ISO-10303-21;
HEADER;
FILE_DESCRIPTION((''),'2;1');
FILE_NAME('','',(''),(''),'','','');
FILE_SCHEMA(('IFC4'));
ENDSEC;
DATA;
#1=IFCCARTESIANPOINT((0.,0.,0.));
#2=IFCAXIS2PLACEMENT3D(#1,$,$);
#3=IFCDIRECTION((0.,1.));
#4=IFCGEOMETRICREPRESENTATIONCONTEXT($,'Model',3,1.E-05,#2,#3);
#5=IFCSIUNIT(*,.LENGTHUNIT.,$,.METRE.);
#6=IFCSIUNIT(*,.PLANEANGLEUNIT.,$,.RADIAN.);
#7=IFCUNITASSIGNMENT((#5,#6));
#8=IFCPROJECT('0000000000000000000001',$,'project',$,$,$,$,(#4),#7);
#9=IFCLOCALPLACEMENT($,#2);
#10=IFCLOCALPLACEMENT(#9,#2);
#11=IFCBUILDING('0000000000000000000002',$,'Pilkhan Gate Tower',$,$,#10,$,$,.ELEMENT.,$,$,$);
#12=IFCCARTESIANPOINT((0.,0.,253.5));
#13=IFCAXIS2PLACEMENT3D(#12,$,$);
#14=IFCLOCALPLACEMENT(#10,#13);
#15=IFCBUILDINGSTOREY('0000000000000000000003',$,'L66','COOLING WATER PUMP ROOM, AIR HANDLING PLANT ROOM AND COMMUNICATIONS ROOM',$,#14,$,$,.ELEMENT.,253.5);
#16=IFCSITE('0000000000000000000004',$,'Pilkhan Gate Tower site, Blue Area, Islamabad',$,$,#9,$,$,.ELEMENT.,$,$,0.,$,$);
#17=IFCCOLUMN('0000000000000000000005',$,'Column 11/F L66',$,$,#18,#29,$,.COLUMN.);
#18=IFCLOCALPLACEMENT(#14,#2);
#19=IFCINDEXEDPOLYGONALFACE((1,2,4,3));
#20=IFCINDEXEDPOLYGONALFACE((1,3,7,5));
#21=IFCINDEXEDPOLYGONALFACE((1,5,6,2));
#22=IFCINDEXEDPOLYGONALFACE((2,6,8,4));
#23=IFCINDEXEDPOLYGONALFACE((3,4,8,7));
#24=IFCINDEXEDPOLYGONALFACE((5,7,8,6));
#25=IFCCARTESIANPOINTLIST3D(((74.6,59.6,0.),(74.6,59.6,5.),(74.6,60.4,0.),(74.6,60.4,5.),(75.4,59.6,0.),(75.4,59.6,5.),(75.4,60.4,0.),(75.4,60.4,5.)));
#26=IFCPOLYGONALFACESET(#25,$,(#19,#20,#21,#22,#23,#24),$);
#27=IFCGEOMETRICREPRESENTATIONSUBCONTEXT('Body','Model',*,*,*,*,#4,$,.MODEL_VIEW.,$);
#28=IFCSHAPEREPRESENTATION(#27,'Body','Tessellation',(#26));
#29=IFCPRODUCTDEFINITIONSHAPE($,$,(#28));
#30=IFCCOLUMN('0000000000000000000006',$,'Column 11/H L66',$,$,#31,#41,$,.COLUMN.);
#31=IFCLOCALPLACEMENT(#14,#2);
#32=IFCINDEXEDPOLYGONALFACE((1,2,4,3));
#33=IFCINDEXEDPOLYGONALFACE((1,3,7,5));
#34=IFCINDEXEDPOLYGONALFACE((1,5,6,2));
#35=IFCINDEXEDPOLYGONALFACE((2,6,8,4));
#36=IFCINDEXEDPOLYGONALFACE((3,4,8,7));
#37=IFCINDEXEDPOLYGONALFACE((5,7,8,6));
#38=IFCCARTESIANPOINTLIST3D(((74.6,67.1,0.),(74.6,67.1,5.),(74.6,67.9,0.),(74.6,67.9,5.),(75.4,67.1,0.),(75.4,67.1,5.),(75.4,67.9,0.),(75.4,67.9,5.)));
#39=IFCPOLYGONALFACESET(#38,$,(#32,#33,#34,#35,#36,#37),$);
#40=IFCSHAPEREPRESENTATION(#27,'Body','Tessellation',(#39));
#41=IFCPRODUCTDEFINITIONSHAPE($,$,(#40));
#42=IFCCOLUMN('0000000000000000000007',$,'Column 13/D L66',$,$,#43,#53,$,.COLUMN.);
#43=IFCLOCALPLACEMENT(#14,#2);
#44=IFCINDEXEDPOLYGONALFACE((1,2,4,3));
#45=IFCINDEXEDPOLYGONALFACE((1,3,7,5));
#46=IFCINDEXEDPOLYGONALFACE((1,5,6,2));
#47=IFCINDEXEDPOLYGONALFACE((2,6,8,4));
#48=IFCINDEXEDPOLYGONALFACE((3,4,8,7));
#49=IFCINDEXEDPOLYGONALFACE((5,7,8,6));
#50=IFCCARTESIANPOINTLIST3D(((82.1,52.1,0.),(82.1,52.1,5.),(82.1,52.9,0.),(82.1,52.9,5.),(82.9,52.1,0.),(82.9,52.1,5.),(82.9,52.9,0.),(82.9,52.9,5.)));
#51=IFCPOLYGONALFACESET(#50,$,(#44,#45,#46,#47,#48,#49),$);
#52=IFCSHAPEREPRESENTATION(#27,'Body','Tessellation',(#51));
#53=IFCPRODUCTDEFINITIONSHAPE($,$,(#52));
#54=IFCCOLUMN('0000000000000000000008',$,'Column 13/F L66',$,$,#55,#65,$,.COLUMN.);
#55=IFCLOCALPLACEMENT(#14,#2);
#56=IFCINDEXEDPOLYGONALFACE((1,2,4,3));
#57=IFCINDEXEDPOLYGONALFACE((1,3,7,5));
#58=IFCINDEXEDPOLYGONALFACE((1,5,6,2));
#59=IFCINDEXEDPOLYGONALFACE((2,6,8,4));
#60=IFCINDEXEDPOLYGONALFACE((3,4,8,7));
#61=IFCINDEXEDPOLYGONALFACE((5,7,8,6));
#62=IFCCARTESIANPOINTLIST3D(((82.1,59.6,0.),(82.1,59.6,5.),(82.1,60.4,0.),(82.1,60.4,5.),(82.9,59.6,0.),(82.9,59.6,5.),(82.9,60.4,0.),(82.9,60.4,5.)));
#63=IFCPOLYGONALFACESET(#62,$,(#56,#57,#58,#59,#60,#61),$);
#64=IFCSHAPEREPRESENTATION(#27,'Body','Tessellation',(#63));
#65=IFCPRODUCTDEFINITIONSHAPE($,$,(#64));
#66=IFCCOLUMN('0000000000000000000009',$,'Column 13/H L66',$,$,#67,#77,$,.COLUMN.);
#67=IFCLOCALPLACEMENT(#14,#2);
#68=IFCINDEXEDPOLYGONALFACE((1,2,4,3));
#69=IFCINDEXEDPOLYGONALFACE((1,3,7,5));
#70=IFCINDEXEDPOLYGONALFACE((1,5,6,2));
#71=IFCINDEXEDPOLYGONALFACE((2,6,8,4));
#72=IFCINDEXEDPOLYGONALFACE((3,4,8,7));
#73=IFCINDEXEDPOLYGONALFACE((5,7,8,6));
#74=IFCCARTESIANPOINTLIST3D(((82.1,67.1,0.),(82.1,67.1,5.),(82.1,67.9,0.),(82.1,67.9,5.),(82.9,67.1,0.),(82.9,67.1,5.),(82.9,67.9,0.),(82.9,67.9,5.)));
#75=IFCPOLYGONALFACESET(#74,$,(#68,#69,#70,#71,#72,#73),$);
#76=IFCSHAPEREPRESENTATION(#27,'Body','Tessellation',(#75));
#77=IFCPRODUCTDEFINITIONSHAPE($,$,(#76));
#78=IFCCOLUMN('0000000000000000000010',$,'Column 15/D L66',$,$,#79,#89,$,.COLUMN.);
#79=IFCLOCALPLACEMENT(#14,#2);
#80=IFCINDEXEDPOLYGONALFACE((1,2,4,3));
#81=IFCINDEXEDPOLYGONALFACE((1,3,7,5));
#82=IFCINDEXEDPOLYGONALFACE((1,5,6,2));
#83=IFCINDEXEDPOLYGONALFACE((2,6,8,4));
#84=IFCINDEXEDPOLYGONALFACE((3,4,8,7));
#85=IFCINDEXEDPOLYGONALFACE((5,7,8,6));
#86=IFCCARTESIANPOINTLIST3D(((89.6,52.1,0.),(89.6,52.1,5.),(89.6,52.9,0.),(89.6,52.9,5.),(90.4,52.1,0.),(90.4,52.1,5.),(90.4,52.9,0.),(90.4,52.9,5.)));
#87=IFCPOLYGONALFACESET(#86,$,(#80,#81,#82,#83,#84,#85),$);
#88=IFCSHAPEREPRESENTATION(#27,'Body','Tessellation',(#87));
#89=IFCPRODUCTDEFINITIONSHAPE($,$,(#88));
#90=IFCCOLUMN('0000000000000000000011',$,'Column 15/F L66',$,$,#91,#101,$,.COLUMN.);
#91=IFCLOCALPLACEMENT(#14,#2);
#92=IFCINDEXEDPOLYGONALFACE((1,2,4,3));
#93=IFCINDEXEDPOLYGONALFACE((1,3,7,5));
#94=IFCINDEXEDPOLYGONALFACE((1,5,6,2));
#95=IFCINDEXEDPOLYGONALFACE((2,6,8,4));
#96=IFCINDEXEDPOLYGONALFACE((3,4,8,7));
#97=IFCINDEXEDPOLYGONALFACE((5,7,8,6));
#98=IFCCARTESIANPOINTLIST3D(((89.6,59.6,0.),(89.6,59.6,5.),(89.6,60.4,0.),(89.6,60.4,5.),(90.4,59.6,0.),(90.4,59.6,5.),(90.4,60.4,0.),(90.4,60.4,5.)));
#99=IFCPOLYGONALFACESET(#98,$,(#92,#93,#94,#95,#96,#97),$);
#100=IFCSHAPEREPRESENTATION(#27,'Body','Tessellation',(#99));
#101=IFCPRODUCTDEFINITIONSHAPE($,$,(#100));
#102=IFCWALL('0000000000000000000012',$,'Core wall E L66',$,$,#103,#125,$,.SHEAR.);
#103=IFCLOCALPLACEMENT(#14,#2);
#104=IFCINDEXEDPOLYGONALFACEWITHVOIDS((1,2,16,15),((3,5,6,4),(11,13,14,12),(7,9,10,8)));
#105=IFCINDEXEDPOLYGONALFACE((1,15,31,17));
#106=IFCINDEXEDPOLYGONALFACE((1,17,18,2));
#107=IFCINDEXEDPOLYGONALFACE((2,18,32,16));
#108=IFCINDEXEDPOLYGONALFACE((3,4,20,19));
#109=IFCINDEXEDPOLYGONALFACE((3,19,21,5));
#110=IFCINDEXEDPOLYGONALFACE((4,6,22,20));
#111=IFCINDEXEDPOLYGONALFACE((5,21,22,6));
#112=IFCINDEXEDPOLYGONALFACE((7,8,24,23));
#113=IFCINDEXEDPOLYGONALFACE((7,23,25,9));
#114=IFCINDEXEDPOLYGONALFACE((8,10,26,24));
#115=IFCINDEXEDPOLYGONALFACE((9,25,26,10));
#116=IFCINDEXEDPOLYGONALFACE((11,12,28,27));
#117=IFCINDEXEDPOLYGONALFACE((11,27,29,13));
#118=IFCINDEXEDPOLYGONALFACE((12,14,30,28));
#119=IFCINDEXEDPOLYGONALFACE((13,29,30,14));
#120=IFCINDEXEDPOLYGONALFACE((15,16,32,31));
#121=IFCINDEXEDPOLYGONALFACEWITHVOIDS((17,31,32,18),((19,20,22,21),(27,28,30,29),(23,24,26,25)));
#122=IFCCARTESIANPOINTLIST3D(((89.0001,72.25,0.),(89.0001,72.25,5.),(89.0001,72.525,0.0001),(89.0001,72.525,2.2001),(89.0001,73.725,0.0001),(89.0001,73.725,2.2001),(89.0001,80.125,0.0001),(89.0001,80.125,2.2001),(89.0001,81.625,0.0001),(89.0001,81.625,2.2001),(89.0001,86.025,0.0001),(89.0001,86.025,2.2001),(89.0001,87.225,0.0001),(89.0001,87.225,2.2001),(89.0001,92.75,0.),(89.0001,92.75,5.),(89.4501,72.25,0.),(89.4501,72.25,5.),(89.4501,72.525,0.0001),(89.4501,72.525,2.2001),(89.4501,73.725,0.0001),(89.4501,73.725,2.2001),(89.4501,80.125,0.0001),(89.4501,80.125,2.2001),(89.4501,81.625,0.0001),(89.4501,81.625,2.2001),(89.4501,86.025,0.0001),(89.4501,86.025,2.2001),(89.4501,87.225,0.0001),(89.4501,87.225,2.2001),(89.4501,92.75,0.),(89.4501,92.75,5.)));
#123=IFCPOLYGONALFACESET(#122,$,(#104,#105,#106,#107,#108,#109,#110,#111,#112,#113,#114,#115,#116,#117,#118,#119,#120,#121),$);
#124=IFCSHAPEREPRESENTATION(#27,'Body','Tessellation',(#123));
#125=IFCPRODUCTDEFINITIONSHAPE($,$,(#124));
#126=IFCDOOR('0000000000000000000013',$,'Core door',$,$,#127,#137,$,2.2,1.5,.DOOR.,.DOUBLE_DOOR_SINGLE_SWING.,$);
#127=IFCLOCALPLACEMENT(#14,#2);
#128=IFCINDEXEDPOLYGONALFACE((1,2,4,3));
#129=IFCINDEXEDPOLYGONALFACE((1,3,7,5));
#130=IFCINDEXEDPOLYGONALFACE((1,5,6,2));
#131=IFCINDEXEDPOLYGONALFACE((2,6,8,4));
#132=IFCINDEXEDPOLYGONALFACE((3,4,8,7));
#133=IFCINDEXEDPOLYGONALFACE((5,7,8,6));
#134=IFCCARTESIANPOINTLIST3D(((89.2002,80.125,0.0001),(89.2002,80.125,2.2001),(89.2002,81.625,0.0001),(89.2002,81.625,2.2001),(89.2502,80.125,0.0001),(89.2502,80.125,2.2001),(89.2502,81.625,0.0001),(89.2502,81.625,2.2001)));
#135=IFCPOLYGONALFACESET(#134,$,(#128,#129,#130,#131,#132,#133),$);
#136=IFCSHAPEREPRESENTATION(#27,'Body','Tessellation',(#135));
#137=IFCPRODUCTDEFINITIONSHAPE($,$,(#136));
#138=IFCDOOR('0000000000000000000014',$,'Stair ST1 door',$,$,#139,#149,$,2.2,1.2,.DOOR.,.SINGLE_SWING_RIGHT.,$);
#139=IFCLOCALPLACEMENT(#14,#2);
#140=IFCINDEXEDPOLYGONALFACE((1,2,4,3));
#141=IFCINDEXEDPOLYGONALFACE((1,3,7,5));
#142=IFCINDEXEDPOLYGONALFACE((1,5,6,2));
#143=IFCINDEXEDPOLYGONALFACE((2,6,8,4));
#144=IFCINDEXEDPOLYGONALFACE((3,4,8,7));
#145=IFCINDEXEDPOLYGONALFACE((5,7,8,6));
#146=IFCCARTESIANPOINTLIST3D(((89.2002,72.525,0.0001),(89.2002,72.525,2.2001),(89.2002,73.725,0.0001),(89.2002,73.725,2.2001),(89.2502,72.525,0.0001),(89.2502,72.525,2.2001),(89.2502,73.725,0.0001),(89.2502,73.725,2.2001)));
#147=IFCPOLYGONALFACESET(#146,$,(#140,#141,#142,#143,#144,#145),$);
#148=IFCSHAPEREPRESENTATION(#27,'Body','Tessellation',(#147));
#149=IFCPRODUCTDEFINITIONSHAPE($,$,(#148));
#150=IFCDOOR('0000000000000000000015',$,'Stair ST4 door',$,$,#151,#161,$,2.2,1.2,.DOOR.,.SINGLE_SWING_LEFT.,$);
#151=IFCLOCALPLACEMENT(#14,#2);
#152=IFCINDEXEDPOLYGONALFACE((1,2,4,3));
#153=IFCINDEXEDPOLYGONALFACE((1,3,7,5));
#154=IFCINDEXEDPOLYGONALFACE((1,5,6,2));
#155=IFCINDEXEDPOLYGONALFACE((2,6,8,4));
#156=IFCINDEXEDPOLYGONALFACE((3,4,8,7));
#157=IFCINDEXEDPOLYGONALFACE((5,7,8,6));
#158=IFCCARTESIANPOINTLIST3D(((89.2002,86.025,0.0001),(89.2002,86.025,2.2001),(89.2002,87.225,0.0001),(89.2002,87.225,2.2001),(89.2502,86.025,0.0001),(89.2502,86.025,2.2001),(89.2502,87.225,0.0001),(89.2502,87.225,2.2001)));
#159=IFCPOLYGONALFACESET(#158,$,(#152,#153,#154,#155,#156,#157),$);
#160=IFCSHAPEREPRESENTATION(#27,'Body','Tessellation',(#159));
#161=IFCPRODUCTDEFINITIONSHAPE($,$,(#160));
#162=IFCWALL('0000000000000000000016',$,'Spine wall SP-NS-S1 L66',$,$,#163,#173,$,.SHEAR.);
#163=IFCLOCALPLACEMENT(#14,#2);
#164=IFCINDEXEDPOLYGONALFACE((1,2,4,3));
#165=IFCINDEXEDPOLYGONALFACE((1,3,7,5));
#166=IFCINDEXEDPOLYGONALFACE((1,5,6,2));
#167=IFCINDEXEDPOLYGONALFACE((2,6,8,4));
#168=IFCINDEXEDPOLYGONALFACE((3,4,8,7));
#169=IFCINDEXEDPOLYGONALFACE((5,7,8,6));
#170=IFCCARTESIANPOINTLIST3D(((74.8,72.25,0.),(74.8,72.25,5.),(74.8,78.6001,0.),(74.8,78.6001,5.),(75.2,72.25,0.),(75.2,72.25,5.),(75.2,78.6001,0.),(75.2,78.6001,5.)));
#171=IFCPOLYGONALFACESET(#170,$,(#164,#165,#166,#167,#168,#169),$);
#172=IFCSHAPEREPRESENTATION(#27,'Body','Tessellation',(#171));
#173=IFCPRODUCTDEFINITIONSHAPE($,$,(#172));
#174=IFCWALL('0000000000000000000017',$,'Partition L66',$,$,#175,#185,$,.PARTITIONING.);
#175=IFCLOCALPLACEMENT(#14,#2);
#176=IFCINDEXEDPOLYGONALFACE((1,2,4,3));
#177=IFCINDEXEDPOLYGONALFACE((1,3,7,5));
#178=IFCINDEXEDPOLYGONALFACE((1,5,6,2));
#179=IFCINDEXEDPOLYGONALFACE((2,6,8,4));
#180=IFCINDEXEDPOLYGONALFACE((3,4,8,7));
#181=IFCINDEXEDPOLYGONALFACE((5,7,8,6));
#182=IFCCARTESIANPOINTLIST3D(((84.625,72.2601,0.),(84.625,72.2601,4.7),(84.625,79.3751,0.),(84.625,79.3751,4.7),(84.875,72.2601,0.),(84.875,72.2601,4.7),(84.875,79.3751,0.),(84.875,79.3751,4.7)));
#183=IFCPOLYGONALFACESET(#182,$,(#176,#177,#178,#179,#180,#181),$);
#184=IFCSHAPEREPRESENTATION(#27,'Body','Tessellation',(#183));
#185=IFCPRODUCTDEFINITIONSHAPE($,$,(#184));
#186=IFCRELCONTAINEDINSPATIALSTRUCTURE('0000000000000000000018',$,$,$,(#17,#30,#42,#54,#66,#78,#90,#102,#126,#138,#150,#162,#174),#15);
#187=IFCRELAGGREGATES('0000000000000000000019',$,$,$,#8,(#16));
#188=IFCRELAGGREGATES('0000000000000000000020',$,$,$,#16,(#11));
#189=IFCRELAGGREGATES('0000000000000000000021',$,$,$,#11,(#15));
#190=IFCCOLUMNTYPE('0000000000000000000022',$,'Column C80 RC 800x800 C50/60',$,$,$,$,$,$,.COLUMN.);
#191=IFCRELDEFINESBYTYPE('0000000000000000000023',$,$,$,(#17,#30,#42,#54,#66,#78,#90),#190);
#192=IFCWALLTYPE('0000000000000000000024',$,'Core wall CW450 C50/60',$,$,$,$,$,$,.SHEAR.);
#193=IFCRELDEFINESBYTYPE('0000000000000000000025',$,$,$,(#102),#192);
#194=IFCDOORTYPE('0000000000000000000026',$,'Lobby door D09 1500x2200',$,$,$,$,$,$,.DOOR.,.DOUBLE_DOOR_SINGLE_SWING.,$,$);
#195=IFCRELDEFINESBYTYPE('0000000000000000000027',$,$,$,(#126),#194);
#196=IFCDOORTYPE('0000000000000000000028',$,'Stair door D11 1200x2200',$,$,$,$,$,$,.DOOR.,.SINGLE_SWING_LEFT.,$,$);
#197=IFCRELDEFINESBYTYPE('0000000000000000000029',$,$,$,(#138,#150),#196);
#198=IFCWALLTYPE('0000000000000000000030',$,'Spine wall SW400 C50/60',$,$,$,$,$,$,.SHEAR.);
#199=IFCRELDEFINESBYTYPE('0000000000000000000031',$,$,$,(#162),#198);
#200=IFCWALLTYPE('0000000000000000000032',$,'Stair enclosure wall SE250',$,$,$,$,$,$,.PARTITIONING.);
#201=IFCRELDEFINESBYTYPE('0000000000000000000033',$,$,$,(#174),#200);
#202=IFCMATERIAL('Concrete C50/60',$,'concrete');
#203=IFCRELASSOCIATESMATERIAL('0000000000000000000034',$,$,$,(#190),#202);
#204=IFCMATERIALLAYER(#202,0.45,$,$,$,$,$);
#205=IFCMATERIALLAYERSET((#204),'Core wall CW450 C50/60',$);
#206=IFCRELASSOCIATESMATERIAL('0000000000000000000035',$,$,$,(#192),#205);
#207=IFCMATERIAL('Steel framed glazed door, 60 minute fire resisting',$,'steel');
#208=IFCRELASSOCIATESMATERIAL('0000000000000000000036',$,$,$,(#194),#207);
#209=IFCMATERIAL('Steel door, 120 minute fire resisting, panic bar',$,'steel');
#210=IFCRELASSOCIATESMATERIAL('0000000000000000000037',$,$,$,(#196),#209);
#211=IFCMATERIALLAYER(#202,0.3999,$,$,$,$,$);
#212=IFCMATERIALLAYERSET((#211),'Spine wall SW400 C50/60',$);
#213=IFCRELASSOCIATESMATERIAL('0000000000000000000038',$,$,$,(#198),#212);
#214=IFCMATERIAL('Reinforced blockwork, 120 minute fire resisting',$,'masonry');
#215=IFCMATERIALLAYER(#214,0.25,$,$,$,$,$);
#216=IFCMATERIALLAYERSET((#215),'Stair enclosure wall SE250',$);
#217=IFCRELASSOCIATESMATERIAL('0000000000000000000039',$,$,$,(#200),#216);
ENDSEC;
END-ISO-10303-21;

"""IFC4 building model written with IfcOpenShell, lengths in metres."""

from ifc_helpers import new_model, si_unit, direction, frame, frame_2d, origin, origin_2d, place, context, subcontext, project, spatial, rectangle, extrude, material, layer, layer_set, material_profile, profile_set, type_object, element, fill, save


model = new_model("IFC4")

# Units and contexts
model_context = context("Model", 3, precision=1e-05, world=origin(), true_north=direction((0.0, 1.0)))
body_context = subcontext(model_context, "Body", "Model", "MODEL_VIEW")
ifc_project = project(units=[si_unit("LENGTHUNIT", "METRE"), si_unit("PLANEANGLEUNIT", "RADIAN")], contexts=[model_context])

# Site, building, storey
site_placement = place(None, origin())
site = spatial("IfcSite", under=ifc_project, at=site_placement, Name="Pilkhan Gate Tower site, Blue Area, Islamabad", CompositionType="ELEMENT", RefElevation=0.0)
building_placement = place(site_placement, origin())
building = spatial("IfcBuilding", under=site, at=building_placement, Name="Pilkhan Gate Tower", CompositionType="ELEMENT")
storey_placement = place(building_placement, frame((0.0, 0.0, 253.5)))
storey = spatial("IfcBuildingStorey", under=building, at=storey_placement, Name="L66", Description="COOLING WATER PUMP ROOM, AIR HANDLING PLANT ROOM AND COMMUNICATIONS ROOM", CompositionType="ELEMENT", Elevation=253.5)

# Columns
ifc_material_1 = material(Name="Concrete C50/60", Category="concrete")
ifc_material_profile_1 = material_profile(ifc_material_1, rectangle(XDim=0.8, YDim=0.8, at=origin_2d()), Name="RC 800x800")
ifc_profile_set_1 = profile_set([ifc_material_profile_1], Name="Concrete C50/60")
column_type = type_object("IfcColumnType", Name="Column C80 RC 800x800 C50/60", PredefinedType="COLUMN", material=ifc_profile_set_1)
for number, where, z_axis, x_axis, name in (
    (1, (75.0, 60.0, 0.0), (0.0, 0.0, 1.0), (1.0, 0.0, 0.0), "Column 11/F L66"),
    (2, (75.0, 67.5, 0.0), (0.0, 0.0, 1.0), (1.0, 0.0, 0.0), "Column 11/H L66"),
    (3, (82.5, 52.5, 0.0), (0.0, 0.0, 1.0), (1.0, 0.0, 0.0), "Column 13/D L66"),
    (4, (82.5, 60.0, 0.0), (0.0, 0.0, 1.0), (1.0, 0.0, 0.0), "Column 13/F L66"),
    (5, (82.5, 67.5, 0.0), (0.0, 0.0, 1.0), (1.0, 0.0, 0.0), "Column 13/H L66"),
    (6, (90.0, 52.5, 0.0), (0.0, 0.0, 1.0), (1.0, 0.0, 0.0), "Column 15/D L66"),
    (7, (90.0, 60.0, 0.0), (0.0, 0.0, 1.0), (1.0, 0.0, 0.0), "Column 15/F L66"),
):
    element("IfcColumn", number, at=place(storey_placement, frame(where, z_axis=z_axis, x_axis=x_axis)), inside=storey, type_object=column_type, Name=name, PredefinedType="COLUMN", context=body_context, shape_type="SweptSolid", body=[
        extrude(rectangle(XDim=0.8, YDim=0.8, at=origin_2d()), origin(), (0.0, 0.0, 1.0), 5.0),
    ])

# Wall, openings, doors
ifc_layer_1 = layer(ifc_material_1, 0.45)
ifc_layer_set_1 = layer_set([ifc_layer_1], Name="Core wall CW450 C50/60")
wall_type_1 = type_object("IfcWallType", Name="Core wall CW450 C50/60", PredefinedType="SHEAR", material=ifc_layer_set_1)
wall_1_placement = place(storey_placement, frame((89.2251, 72.25, 0.0), z_axis=(0.0, 0.0, 1.0), x_axis=(0.0, 1.0, 0.0)))
wall_1 = element("IfcWall", 8, at=wall_1_placement, inside=storey, type_object=wall_type_1, Name="Core wall E L66", PredefinedType="SHEAR", context=body_context, shape_type="SweptSolid", body=[
    extrude(rectangle(XDim=20.5, YDim=0.45, at=frame_2d((10.25, 0.0))), origin(), (0.0, 0.0, 1.0), 5.0),
])
opening_1_placement = place(wall_1_placement, frame((0.2749, 0.0, 0.0)))
opening_1 = element("IfcOpeningElement", 9, at=opening_1_placement, cuts=wall_1, PredefinedType="OPENING", context=body_context, shape_type="SweptSolid", body=[
    extrude(rectangle(XDim=1.2, YDim=2.2, at=frame_2d((0.6001, 1.1001))), frame((0.0, 0.2349, 0.0), z_axis=(0.0, -1.0, 0.0), x_axis=(1.0, 0.0, 0.0)), (0.0, 0.0, 1.0), 0.47),
])
opening_2_placement = place(wall_1_placement, frame((13.7749, 0.0, 0.0)))
opening_2 = element("IfcOpeningElement", 10, at=opening_2_placement, cuts=wall_1, PredefinedType="OPENING", context=body_context, shape_type="SweptSolid", body=[
    extrude(rectangle(XDim=1.2, YDim=2.2, at=frame_2d((0.6001, 1.1001))), frame((0.0, 0.2349, 0.0), z_axis=(0.0, -1.0, 0.0), x_axis=(1.0, 0.0, 0.0)), (0.0, 0.0, 1.0), 0.47),
])
opening_3_placement = place(wall_1_placement, frame((7.875, 0.0, 0.0)))
opening_3 = element("IfcOpeningElement", 11, at=opening_3_placement, cuts=wall_1, PredefinedType="OPENING", context=body_context, shape_type="SweptSolid", body=[
    extrude(rectangle(XDim=1.5, YDim=2.2, at=frame_2d((0.75, 1.1001))), frame((0.0, 0.2349, 0.0), z_axis=(0.0, -1.0, 0.0), x_axis=(1.0, 0.0, 0.0)), (0.0, 0.0, 1.0), 0.47),
])
ifc_material_2 = material(Name="Steel framed glazed door, 60 minute fire resisting", Category="steel")
door_type_1 = type_object("IfcDoorType", Name="Lobby door D09 1500x2200", OperationType="DOUBLE_DOOR_SINGLE_SWING", PredefinedType="DOOR", material=ifc_material_2)
door_1_placement = place(opening_3_placement, origin())
door_1 = element("IfcDoor", 12, at=door_1_placement, inside=storey, type_object=door_type_1, Name="Core door", OperationType="DOUBLE_DOOR_SINGLE_SWING", OverallHeight=2.2, OverallWidth=1.5, PredefinedType="DOOR", context=body_context, shape_type="SweptSolid", body=[
    extrude(rectangle(XDim=1.5, YDim=2.2, at=frame_2d((0.75, 1.1001))), frame((0.0, 0.0249, 0.0), z_axis=(0.0, -1.0, 0.0), x_axis=(1.0, 0.0, 0.0)), (0.0, 0.0, 1.0), 0.05),
])
fill(opening_3, door_1)
ifc_material_3 = material(Name="Steel door, 120 minute fire resisting, panic bar", Category="steel")
door_type_2 = type_object("IfcDoorType", Name="Stair door D11 1200x2200", OperationType="SINGLE_SWING_LEFT", PredefinedType="DOOR", material=ifc_material_3)
door_2_placement = place(opening_1_placement, origin())
door_2 = element("IfcDoor", 13, at=door_2_placement, inside=storey, type_object=door_type_2, Name="Stair ST1 door", OperationType="SINGLE_SWING_RIGHT", OverallHeight=2.2, OverallWidth=1.2, PredefinedType="DOOR", context=body_context, shape_type="SweptSolid", body=[
    extrude(rectangle(XDim=1.2, YDim=2.2, at=frame_2d((0.6001, 1.1001))), frame((0.0, 0.0249, 0.0), z_axis=(0.0, -1.0, 0.0), x_axis=(1.0, 0.0, 0.0)), (0.0, 0.0, 1.0), 0.05),
])
fill(opening_1, door_2)
door_3_placement = place(opening_2_placement, origin())
door_3 = element("IfcDoor", 14, at=door_3_placement, inside=storey, type_object=door_type_2, Name="Stair ST4 door", OperationType="SINGLE_SWING_LEFT", OverallHeight=2.2, OverallWidth=1.2, PredefinedType="DOOR", context=body_context, shape_type="SweptSolid", body=[
    extrude(rectangle(XDim=1.2, YDim=2.2, at=frame_2d((0.6001, 1.1001))), frame((0.0, 0.0249, 0.0), z_axis=(0.0, -1.0, 0.0), x_axis=(1.0, 0.0, 0.0)), (0.0, 0.0, 1.0), 0.05),
])
fill(opening_2, door_3)

# Walls
ifc_layer_2 = layer(ifc_material_1, 0.3999)
ifc_layer_set_2 = layer_set([ifc_layer_2], Name="Spine wall SW400 C50/60")
wall_type_2 = type_object("IfcWallType", Name="Spine wall SW400 C50/60", PredefinedType="SHEAR", material=ifc_layer_set_2)
wall_2_placement = place(storey_placement, frame((75.0, 72.25, 0.0), z_axis=(0.0, 0.0, 1.0), x_axis=(0.0, 1.0, 0.0)))
element("IfcWall", 15, at=wall_2_placement, inside=storey, type_object=wall_type_2, Name="Spine wall SP-NS-S1 L66", PredefinedType="SHEAR", context=body_context, shape_type="SweptSolid", body=[
    extrude(rectangle(XDim=6.3501, YDim=0.3999, at=frame_2d((3.175, 0.0))), origin(), (0.0, 0.0, 1.0), 5.0),
])
ifc_material_4 = material(Name="Reinforced blockwork, 120 minute fire resisting", Category="masonry")
ifc_layer_3 = layer(ifc_material_4, 0.25)
ifc_layer_set_3 = layer_set([ifc_layer_3], Name="Stair enclosure wall SE250")
wall_type_3 = type_object("IfcWallType", Name="Stair enclosure wall SE250", PredefinedType="PARTITIONING", material=ifc_layer_set_3)
wall_3_placement = place(storey_placement, frame((84.75, 72.26, 0.0), z_axis=(0.0, 0.0, 1.0), x_axis=(0.0, 1.0, 0.0)))
element("IfcWall", 16, at=wall_3_placement, inside=storey, type_object=wall_type_3, Name="Partition L66", PredefinedType="PARTITIONING", context=body_context, shape_type="SweptSolid", body=[
    extrude(rectangle(XDim=7.115, YDim=0.25, at=frame_2d((3.5576, 0.0))), origin(), (0.0, 0.0, 1.0), 4.7),
])

save(model, "model.ifc")
